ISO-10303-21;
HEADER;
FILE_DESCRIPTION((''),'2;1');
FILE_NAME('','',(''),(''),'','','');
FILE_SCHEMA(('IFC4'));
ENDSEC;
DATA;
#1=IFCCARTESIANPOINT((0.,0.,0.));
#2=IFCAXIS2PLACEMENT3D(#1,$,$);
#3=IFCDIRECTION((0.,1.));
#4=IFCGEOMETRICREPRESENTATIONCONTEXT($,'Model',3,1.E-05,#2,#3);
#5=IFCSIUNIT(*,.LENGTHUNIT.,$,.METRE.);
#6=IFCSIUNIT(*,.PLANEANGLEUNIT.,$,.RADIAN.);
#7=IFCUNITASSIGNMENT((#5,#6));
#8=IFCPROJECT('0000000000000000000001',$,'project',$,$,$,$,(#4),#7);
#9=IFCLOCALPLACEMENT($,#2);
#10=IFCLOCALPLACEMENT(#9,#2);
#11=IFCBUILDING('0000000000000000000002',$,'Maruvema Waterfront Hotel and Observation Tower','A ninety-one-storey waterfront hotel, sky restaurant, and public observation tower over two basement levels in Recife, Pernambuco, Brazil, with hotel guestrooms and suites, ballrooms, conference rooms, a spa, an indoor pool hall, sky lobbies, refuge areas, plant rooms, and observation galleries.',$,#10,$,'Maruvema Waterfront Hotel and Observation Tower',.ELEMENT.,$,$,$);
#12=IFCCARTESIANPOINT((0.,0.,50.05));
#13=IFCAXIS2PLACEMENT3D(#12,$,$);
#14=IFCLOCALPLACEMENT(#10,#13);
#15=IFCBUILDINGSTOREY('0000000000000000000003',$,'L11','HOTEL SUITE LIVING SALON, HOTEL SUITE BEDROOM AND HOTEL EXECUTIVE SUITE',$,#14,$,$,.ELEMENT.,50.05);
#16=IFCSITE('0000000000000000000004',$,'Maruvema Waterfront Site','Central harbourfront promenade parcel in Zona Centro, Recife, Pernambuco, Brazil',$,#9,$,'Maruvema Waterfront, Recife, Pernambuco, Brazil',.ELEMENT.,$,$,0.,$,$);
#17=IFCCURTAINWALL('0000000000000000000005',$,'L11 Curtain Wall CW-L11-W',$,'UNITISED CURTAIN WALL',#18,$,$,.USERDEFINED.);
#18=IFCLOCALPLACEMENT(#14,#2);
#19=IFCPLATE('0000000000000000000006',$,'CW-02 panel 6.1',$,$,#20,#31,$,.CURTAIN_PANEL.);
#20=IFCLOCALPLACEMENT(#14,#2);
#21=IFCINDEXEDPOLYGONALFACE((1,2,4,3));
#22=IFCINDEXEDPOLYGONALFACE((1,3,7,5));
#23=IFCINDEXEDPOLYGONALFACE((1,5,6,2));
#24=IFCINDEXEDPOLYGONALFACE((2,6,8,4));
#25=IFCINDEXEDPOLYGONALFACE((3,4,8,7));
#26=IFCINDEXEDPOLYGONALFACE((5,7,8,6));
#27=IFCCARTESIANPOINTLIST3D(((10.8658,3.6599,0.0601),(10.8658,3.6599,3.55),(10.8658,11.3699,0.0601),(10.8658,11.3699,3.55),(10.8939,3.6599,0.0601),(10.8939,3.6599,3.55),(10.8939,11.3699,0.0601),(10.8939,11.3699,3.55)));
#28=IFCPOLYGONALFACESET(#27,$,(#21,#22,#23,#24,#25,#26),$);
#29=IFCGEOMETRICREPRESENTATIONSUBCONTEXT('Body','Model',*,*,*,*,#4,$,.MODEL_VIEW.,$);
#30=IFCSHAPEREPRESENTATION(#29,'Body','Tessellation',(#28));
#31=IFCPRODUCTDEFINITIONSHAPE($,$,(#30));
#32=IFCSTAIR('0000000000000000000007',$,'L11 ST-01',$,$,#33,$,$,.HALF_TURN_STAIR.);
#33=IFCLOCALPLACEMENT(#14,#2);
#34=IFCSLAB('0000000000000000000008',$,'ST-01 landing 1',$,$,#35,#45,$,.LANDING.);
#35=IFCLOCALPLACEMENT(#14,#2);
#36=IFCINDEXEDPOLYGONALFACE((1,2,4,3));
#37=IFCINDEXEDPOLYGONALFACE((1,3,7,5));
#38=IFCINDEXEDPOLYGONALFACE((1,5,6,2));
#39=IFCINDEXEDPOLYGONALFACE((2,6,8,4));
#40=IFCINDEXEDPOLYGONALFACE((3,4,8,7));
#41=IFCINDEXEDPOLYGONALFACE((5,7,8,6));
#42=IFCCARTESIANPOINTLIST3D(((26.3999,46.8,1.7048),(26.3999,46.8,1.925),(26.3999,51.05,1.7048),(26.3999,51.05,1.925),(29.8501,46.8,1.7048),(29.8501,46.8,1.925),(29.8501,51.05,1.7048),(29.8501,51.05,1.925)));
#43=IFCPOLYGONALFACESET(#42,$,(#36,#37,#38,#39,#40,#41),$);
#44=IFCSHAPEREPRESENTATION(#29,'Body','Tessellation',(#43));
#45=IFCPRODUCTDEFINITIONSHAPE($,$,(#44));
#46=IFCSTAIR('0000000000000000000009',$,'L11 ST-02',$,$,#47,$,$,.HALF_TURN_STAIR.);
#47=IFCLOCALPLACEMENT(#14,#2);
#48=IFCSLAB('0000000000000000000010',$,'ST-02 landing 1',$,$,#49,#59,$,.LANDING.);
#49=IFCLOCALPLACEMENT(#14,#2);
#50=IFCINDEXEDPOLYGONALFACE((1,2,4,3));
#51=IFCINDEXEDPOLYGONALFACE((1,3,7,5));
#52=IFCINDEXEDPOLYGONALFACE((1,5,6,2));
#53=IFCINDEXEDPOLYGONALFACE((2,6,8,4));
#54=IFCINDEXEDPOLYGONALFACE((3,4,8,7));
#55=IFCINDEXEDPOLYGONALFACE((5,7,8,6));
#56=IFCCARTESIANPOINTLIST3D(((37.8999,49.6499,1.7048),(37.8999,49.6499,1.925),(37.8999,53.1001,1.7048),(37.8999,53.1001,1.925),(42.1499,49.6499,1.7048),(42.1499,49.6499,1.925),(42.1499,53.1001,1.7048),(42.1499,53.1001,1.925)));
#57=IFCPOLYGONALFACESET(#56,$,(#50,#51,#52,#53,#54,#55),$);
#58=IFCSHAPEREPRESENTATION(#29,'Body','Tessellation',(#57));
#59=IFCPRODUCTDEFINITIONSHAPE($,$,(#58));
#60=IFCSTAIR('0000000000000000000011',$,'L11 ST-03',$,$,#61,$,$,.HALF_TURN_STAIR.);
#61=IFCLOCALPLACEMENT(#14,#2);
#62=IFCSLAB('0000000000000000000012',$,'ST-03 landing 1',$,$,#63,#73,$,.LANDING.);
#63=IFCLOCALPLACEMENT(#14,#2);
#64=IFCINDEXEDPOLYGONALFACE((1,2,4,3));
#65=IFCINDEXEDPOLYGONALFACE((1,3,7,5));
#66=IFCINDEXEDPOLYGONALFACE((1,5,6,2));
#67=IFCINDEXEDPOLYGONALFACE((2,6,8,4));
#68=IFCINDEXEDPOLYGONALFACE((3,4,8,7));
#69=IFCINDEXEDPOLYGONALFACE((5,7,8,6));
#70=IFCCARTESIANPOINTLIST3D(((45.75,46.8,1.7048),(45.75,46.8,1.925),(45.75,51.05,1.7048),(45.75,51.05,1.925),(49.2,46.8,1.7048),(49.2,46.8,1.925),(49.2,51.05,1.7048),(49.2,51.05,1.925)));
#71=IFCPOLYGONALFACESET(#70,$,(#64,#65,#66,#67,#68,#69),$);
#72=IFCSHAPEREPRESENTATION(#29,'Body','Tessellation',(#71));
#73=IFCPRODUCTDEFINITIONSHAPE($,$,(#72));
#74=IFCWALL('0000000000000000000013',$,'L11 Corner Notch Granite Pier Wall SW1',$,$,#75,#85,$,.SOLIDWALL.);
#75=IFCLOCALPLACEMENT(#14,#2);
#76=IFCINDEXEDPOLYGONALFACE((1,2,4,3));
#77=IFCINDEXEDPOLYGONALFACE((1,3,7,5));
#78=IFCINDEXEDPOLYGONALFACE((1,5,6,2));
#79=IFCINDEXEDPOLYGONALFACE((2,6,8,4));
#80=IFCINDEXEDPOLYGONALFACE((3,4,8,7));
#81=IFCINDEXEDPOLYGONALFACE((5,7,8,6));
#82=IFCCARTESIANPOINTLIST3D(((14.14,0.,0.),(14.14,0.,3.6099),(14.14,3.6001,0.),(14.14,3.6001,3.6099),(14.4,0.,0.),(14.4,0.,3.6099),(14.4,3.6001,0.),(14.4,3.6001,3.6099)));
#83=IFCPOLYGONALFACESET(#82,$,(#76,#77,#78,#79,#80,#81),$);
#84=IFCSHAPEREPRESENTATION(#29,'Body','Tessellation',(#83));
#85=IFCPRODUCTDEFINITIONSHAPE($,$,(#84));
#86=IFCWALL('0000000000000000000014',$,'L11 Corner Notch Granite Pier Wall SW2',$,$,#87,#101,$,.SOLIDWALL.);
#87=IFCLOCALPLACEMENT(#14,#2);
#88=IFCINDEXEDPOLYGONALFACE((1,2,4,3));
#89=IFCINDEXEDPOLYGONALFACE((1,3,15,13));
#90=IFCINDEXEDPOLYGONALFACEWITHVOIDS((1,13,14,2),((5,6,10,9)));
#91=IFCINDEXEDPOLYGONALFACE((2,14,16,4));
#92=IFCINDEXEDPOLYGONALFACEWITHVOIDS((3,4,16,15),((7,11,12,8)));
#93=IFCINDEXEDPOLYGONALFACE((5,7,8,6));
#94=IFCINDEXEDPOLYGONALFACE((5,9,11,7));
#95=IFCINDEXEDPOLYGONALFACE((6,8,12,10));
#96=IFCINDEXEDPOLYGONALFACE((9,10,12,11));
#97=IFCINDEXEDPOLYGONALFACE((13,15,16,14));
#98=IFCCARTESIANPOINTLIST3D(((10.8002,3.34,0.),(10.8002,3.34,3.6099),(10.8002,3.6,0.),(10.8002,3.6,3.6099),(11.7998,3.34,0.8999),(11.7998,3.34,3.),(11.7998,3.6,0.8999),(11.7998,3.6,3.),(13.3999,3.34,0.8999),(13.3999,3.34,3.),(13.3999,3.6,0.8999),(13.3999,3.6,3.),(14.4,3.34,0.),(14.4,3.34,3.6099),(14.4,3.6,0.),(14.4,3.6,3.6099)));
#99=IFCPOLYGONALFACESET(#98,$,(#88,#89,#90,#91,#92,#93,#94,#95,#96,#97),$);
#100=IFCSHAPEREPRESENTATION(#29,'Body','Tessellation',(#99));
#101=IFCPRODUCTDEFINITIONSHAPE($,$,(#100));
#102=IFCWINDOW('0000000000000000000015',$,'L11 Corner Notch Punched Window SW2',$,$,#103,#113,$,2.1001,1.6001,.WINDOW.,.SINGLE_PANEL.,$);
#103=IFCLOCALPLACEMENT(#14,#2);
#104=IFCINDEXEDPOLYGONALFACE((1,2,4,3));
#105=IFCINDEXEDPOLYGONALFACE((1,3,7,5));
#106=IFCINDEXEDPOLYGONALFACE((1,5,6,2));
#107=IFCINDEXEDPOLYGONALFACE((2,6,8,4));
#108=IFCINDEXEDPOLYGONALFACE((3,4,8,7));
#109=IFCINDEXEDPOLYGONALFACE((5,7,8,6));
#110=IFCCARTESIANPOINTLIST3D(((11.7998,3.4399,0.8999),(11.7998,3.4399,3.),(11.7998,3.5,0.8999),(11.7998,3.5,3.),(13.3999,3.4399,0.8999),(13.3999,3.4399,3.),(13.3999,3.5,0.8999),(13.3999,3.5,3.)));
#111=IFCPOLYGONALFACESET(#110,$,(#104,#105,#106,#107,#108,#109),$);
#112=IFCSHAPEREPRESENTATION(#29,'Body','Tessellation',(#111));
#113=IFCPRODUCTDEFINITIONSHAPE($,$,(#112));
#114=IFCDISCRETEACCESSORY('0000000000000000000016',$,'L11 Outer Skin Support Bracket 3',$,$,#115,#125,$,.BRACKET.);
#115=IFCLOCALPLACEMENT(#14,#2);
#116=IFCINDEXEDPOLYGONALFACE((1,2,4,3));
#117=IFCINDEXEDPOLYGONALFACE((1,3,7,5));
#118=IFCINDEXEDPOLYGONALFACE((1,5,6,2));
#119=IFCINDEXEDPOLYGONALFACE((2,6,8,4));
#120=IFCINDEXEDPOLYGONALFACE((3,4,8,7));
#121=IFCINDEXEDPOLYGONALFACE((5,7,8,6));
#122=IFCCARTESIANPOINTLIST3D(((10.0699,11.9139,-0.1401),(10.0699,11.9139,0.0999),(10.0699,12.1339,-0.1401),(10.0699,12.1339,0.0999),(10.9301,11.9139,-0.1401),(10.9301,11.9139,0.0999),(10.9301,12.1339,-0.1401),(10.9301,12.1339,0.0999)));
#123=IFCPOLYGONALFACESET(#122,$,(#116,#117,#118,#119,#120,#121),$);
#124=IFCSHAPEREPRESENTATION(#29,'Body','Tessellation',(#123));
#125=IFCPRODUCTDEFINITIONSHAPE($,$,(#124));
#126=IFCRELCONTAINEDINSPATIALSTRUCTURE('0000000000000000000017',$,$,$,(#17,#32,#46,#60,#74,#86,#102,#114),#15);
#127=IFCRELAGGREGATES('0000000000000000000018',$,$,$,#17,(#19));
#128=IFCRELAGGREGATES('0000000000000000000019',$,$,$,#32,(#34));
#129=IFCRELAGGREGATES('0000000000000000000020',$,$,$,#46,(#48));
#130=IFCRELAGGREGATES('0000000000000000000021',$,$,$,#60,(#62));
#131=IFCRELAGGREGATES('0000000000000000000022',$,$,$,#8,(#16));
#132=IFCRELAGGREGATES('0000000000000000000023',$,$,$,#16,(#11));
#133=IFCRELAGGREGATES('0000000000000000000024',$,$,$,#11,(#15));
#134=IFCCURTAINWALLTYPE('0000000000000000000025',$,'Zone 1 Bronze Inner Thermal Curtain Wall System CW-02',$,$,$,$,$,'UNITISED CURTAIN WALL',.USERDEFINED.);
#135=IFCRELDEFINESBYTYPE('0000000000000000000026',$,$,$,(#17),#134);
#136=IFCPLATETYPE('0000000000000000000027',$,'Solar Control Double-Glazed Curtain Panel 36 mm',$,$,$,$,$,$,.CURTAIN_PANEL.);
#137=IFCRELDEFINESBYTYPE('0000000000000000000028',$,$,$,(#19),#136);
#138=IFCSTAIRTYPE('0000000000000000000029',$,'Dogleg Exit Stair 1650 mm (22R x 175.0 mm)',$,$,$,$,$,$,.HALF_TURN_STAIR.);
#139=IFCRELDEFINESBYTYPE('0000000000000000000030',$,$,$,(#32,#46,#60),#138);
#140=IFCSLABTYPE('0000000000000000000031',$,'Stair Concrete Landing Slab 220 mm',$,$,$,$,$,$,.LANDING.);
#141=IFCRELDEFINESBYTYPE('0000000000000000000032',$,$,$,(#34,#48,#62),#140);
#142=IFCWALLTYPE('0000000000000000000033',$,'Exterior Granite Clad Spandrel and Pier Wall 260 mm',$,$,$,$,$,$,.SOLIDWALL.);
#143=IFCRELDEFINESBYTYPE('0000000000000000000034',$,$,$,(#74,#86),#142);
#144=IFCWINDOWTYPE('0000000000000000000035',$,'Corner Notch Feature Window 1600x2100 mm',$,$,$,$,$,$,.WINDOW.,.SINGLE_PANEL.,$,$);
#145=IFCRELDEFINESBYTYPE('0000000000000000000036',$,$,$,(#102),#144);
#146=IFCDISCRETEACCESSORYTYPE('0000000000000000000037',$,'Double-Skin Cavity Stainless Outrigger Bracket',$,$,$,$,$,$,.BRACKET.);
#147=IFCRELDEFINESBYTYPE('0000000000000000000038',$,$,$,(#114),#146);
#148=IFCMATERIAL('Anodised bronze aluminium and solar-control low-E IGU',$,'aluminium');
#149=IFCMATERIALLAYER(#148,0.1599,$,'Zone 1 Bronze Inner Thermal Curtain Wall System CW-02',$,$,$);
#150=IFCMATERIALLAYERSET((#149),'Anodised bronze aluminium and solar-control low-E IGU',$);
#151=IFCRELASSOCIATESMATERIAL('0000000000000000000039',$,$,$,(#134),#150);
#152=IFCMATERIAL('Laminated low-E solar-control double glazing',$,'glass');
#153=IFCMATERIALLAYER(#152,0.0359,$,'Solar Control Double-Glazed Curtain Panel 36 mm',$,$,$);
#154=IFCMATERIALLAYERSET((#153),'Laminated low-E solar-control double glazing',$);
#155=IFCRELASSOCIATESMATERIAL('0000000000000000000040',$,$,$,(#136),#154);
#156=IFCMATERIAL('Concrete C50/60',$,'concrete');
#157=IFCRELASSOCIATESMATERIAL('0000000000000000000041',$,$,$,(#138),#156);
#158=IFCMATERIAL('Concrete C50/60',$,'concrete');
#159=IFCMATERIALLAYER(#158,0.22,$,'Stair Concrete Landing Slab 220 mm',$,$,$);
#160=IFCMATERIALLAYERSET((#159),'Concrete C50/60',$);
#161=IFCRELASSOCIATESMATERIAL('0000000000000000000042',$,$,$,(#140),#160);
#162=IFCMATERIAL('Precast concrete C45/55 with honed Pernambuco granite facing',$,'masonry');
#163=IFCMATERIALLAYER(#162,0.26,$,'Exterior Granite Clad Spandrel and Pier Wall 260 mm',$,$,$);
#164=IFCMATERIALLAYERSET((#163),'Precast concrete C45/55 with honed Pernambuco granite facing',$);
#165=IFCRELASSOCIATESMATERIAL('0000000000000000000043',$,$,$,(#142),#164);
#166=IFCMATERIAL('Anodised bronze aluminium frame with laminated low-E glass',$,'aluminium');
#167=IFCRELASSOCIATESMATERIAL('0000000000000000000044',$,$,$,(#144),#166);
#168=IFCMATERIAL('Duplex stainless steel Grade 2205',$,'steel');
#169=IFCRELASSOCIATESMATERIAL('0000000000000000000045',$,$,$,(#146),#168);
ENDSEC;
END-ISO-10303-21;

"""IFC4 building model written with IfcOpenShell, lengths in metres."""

from ifc_helpers import new_model, si_unit, direction, frame, frame_2d, origin, origin_2d, place, context, subcontext, project, spatial, polyline, rectangle, outline, extrude, material, layer, layer_set, type_object, element, fill, aggregate, save


model = new_model("IFC4")

# Units and contexts
model_context = context("Model", 3, precision=1e-05, world=origin(), true_north=direction((0.0, 1.0)))
body_context = subcontext(model_context, "Body", "Model", "MODEL_VIEW")
ifc_project = project(units=[si_unit("LENGTHUNIT", "METRE"), si_unit("PLANEANGLEUNIT", "RADIAN")], contexts=[model_context])

# Site, building, storey
site_placement = place(None, origin())
site = spatial("IfcSite", under=ifc_project, at=site_placement, Name="Maruvema Waterfront Site", Description="Central harbourfront promenade parcel in Zona Centro, Recife, Pernambuco, Brazil", LongName="Maruvema Waterfront, Recife, Pernambuco, Brazil", CompositionType="ELEMENT", RefElevation=0.0)
building_placement = place(site_placement, origin())
building = spatial("IfcBuilding", under=site, at=building_placement, Name="Maruvema Waterfront Hotel and Observation Tower", Description="A ninety-one-storey waterfront hotel, sky restaurant, and public observation tower over two basement levels in Recife, Pernambuco, Brazil, with hotel guestrooms and suites, ballrooms, conference rooms, a spa, an indoor pool hall, sky lobbies, refuge areas, plant rooms, and observation galleries.", LongName="Maruvema Waterfront Hotel and Observation Tower", CompositionType="ELEMENT")
storey_placement = place(building_placement, frame((0.0, 0.0, 50.05)))
storey = spatial("IfcBuildingStorey", under=building, at=storey_placement, Name="L11", Description="HOTEL SUITE LIVING SALON, HOTEL SUITE BEDROOM AND HOTEL EXECUTIVE SUITE", CompositionType="ELEMENT", Elevation=50.05)

# Curtain wall
ifc_material_1 = material(Name="Anodised bronze aluminium and solar-control low-E IGU", Category="aluminium")
ifc_layer_1 = layer(ifc_material_1, 0.1599, Name="Zone 1 Bronze Inner Thermal Curtain Wall System CW-02")
ifc_layer_set_1 = layer_set([ifc_layer_1], Name="Anodised bronze aluminium and solar-control low-E IGU")
curtain_wall_type = type_object("IfcCurtainWallType", Name="Zone 1 Bronze Inner Thermal Curtain Wall System CW-02", ElementType="UNITISED CURTAIN WALL", PredefinedType="USERDEFINED", material=ifc_layer_set_1)
curtain_wall_1_placement = place(storey_placement, origin())
curtain_wall_1 = element("IfcCurtainWall", 1, at=curtain_wall_1_placement, inside=storey, type_object=curtain_wall_type, Name="L11 Curtain Wall CW-L11-W", ObjectType="UNITISED CURTAIN WALL", PredefinedType="USERDEFINED")

# Plate
ifc_material_2 = material(Name="Laminated low-E solar-control double glazing", Category="glass")
ifc_layer_2 = layer(ifc_material_2, 0.0359, Name="Solar Control Double-Glazed Curtain Panel 36 mm")
ifc_layer_set_2 = layer_set([ifc_layer_2], Name="Laminated low-E solar-control double glazing")
plate_type = type_object("IfcPlateType", Name="Solar Control Double-Glazed Curtain Panel 36 mm", PredefinedType="CURTAIN_PANEL", material=ifc_layer_set_2)
plate_1_placement = place(storey_placement, frame((10.8799, 7.5149, 0.0601), z_axis=(0.0, 0.0, 1.0), x_axis=(0.0, -1.0, 0.0)))
plate_1 = element("IfcPlate", 2, at=plate_1_placement, type_object=plate_type, Name="CW-02 panel 6.1", PredefinedType="CURTAIN_PANEL", context=body_context, shape_type="SweptSolid", body=[
    extrude(rectangle(XDim=7.71, YDim=0.0281, at=origin_2d()), origin(), (0.0, 0.0, 1.0), 3.49),
])
aggregate(curtain_wall_1, [plate_1])

# Stairs, slabs
ifc_material_3 = material(Name="Concrete C50/60", Category="concrete")
stair_type = type_object("IfcStairType", Name="Dogleg Exit Stair 1650 mm (22R x 175.0 mm)", PredefinedType="HALF_TURN_STAIR", material=ifc_material_3)
stair_1_placement = place(storey_placement, origin())
stair_1 = element("IfcStair", 3, at=stair_1_placement, inside=storey, type_object=stair_type, Name="L11 ST-01", PredefinedType="HALF_TURN_STAIR")
ifc_material_4 = material(Name="Concrete C50/60", Category="concrete")
ifc_layer_3 = layer(ifc_material_4, 0.22, Name="Stair Concrete Landing Slab 220 mm")
ifc_layer_set_3 = layer_set([ifc_layer_3], Name="Concrete C50/60")
slab_type_1 = type_object("IfcSlabType", Name="Stair Concrete Landing Slab 220 mm", PredefinedType="LANDING", material=ifc_layer_set_3)
slab_1_placement = place(storey_placement, frame((0.0, 0.0, 1.7048)))
slab_1 = element("IfcSlab", 4, at=slab_1_placement, type_object=slab_type_1, Name="ST-01 landing 1", PredefinedType="LANDING", context=body_context, shape_type="SweptSolid", body=[
    extrude(outline(polyline([(29.8501, 46.8), (29.8501, 51.05), (26.3999, 51.05), (26.3999, 46.8), (29.8501, 46.8)])), origin(), (0.0, 0.0, 1.0), 0.2202),
])
aggregate(stair_1, [slab_1])
stair_2_placement = place(storey_placement, origin())
stair_2 = element("IfcStair", 5, at=stair_2_placement, inside=storey, type_object=stair_type, Name="L11 ST-02", PredefinedType="HALF_TURN_STAIR")
slab_2_placement = place(storey_placement, frame((0.0, 0.0, 1.7048)))
slab_2 = element("IfcSlab", 6, at=slab_2_placement, type_object=slab_type_1, Name="ST-02 landing 1", PredefinedType="LANDING", context=body_context, shape_type="SweptSolid", body=[
    extrude(outline(polyline([(37.8999, 49.6499), (42.1499, 49.6499), (42.1499, 53.1001), (37.8999, 53.1001), (37.8999, 49.6499)])), origin(), (0.0, 0.0, 1.0), 0.2202),
])
aggregate(stair_2, [slab_2])
stair_3_placement = place(storey_placement, origin())
stair_3 = element("IfcStair", 7, at=stair_3_placement, inside=storey, type_object=stair_type, Name="L11 ST-03", PredefinedType="HALF_TURN_STAIR")
slab_3_placement = place(storey_placement, frame((0.0, 0.0, 1.7048)))
slab_3 = element("IfcSlab", 8, at=slab_3_placement, type_object=slab_type_1, Name="ST-03 landing 1", PredefinedType="LANDING", context=body_context, shape_type="SweptSolid", body=[
    extrude(outline(polyline([(49.2, 46.8), (49.2, 51.05), (45.75, 51.05), (45.75, 46.8), (49.2, 46.8)])), origin(), (0.0, 0.0, 1.0), 0.2202),
])
aggregate(stair_3, [slab_3])

# Wall
ifc_material_5 = material(Name="Precast concrete C45/55 with honed Pernambuco granite facing", Category="masonry")
ifc_layer_4 = layer(ifc_material_5, 0.26, Name="Exterior Granite Clad Spandrel and Pier Wall 260 mm")
ifc_layer_set_4 = layer_set([ifc_layer_4], Name="Precast concrete C45/55 with honed Pernambuco granite facing")
wall_type = type_object("IfcWallType", Name="Exterior Granite Clad Spandrel and Pier Wall 260 mm", PredefinedType="SOLIDWALL", material=ifc_layer_set_4)
wall_1_placement = place(storey_placement, frame((14.27, 0.0, 0.0), z_axis=(0.0, 0.0, 1.0), x_axis=(0.0, 1.0, 0.0)))
element("IfcWall", 9, at=wall_1_placement, inside=storey, type_object=wall_type, Name="L11 Corner Notch Granite Pier Wall SW1", PredefinedType="SOLIDWALL", context=body_context, shape_type="SweptSolid", body=[
    extrude(rectangle(XDim=3.6001, YDim=0.26, at=frame_2d((1.8, 0.0))), origin(), (0.0, 0.0, 1.0), 3.6099),
])

# Wall, opening, window
wall_2_placement = place(storey_placement, frame((14.3999, 3.47, 0.0), z_axis=(0.0, 0.0, 1.0), x_axis=(-1.0, 0.0, 0.0)))
wall_2 = element("IfcWall", 10, at=wall_2_placement, inside=storey, type_object=wall_type, Name="L11 Corner Notch Granite Pier Wall SW2", PredefinedType="SOLIDWALL", context=body_context, shape_type="SweptSolid", body=[
    extrude(rectangle(XDim=3.5999, YDim=0.26, at=frame_2d((1.7998, 0.0))), origin(), (0.0, 0.0, 1.0), 3.6099),
])
opening_placement = place(wall_2_placement, frame((1.0, 0.0, 0.8999)))
opening = element("IfcOpeningElement", 11, at=opening_placement, cuts=wall_2, PredefinedType="OPENING", context=body_context, shape_type="SweptSolid", body=[
    extrude(rectangle(XDim=1.6001, YDim=2.1001, at=frame_2d((0.8, 1.05))), frame((0.0, 0.1401, 0.0), z_axis=(0.0, -1.0, 0.0), x_axis=(1.0, 0.0, 0.0)), (0.0, 0.0, 1.0), 0.28),
])
ifc_material_6 = material(Name="Anodised bronze aluminium frame with laminated low-E glass", Category="aluminium")
window_type = type_object("IfcWindowType", Name="Corner Notch Feature Window 1600x2100 mm", PartitioningType="SINGLE_PANEL", PredefinedType="WINDOW", material=ifc_material_6)
window_placement = place(opening_placement, origin())
window = element("IfcWindow", 12, at=window_placement, inside=storey, type_object=window_type, Name="L11 Corner Notch Punched Window SW2", OverallHeight=2.1001, OverallWidth=1.6001, PartitioningType="SINGLE_PANEL", PredefinedType="WINDOW", context=body_context, shape_type="SweptSolid", body=[
    extrude(rectangle(XDim=1.6001, YDim=2.1001, at=frame_2d((0.8, 1.05))), frame((0.0, 0.03, 0.0), z_axis=(0.0, -1.0, 0.0), x_axis=(1.0, 0.0, 0.0)), (0.0, 0.0, 1.0), 0.0601),
])
fill(opening, window)

# Discrete accessory
ifc_material_7 = material(Name="Duplex stainless steel Grade 2205", Category="steel")
discrete_accessory_type = type_object("IfcDiscreteAccessoryType", Name="Double-Skin Cavity Stainless Outrigger Bracket", PredefinedType="BRACKET", material=ifc_material_7)
discrete_accessory_placement = place(storey_placement, frame((10.5, 12.0239, -0.1401), z_axis=(0.0, 0.0, 1.0), x_axis=(0.0, -1.0, 0.0)))
element("IfcDiscreteAccessory", 13, at=discrete_accessory_placement, inside=storey, type_object=discrete_accessory_type, Name="L11 Outer Skin Support Bracket 3", PredefinedType="BRACKET", context=body_context, shape_type="SweptSolid", body=[
    extrude(rectangle(XDim=0.22, YDim=0.8601, at=origin_2d()), origin(), (0.0, 0.0, 1.0), 0.24),
])

save(model, "model.ifc")
